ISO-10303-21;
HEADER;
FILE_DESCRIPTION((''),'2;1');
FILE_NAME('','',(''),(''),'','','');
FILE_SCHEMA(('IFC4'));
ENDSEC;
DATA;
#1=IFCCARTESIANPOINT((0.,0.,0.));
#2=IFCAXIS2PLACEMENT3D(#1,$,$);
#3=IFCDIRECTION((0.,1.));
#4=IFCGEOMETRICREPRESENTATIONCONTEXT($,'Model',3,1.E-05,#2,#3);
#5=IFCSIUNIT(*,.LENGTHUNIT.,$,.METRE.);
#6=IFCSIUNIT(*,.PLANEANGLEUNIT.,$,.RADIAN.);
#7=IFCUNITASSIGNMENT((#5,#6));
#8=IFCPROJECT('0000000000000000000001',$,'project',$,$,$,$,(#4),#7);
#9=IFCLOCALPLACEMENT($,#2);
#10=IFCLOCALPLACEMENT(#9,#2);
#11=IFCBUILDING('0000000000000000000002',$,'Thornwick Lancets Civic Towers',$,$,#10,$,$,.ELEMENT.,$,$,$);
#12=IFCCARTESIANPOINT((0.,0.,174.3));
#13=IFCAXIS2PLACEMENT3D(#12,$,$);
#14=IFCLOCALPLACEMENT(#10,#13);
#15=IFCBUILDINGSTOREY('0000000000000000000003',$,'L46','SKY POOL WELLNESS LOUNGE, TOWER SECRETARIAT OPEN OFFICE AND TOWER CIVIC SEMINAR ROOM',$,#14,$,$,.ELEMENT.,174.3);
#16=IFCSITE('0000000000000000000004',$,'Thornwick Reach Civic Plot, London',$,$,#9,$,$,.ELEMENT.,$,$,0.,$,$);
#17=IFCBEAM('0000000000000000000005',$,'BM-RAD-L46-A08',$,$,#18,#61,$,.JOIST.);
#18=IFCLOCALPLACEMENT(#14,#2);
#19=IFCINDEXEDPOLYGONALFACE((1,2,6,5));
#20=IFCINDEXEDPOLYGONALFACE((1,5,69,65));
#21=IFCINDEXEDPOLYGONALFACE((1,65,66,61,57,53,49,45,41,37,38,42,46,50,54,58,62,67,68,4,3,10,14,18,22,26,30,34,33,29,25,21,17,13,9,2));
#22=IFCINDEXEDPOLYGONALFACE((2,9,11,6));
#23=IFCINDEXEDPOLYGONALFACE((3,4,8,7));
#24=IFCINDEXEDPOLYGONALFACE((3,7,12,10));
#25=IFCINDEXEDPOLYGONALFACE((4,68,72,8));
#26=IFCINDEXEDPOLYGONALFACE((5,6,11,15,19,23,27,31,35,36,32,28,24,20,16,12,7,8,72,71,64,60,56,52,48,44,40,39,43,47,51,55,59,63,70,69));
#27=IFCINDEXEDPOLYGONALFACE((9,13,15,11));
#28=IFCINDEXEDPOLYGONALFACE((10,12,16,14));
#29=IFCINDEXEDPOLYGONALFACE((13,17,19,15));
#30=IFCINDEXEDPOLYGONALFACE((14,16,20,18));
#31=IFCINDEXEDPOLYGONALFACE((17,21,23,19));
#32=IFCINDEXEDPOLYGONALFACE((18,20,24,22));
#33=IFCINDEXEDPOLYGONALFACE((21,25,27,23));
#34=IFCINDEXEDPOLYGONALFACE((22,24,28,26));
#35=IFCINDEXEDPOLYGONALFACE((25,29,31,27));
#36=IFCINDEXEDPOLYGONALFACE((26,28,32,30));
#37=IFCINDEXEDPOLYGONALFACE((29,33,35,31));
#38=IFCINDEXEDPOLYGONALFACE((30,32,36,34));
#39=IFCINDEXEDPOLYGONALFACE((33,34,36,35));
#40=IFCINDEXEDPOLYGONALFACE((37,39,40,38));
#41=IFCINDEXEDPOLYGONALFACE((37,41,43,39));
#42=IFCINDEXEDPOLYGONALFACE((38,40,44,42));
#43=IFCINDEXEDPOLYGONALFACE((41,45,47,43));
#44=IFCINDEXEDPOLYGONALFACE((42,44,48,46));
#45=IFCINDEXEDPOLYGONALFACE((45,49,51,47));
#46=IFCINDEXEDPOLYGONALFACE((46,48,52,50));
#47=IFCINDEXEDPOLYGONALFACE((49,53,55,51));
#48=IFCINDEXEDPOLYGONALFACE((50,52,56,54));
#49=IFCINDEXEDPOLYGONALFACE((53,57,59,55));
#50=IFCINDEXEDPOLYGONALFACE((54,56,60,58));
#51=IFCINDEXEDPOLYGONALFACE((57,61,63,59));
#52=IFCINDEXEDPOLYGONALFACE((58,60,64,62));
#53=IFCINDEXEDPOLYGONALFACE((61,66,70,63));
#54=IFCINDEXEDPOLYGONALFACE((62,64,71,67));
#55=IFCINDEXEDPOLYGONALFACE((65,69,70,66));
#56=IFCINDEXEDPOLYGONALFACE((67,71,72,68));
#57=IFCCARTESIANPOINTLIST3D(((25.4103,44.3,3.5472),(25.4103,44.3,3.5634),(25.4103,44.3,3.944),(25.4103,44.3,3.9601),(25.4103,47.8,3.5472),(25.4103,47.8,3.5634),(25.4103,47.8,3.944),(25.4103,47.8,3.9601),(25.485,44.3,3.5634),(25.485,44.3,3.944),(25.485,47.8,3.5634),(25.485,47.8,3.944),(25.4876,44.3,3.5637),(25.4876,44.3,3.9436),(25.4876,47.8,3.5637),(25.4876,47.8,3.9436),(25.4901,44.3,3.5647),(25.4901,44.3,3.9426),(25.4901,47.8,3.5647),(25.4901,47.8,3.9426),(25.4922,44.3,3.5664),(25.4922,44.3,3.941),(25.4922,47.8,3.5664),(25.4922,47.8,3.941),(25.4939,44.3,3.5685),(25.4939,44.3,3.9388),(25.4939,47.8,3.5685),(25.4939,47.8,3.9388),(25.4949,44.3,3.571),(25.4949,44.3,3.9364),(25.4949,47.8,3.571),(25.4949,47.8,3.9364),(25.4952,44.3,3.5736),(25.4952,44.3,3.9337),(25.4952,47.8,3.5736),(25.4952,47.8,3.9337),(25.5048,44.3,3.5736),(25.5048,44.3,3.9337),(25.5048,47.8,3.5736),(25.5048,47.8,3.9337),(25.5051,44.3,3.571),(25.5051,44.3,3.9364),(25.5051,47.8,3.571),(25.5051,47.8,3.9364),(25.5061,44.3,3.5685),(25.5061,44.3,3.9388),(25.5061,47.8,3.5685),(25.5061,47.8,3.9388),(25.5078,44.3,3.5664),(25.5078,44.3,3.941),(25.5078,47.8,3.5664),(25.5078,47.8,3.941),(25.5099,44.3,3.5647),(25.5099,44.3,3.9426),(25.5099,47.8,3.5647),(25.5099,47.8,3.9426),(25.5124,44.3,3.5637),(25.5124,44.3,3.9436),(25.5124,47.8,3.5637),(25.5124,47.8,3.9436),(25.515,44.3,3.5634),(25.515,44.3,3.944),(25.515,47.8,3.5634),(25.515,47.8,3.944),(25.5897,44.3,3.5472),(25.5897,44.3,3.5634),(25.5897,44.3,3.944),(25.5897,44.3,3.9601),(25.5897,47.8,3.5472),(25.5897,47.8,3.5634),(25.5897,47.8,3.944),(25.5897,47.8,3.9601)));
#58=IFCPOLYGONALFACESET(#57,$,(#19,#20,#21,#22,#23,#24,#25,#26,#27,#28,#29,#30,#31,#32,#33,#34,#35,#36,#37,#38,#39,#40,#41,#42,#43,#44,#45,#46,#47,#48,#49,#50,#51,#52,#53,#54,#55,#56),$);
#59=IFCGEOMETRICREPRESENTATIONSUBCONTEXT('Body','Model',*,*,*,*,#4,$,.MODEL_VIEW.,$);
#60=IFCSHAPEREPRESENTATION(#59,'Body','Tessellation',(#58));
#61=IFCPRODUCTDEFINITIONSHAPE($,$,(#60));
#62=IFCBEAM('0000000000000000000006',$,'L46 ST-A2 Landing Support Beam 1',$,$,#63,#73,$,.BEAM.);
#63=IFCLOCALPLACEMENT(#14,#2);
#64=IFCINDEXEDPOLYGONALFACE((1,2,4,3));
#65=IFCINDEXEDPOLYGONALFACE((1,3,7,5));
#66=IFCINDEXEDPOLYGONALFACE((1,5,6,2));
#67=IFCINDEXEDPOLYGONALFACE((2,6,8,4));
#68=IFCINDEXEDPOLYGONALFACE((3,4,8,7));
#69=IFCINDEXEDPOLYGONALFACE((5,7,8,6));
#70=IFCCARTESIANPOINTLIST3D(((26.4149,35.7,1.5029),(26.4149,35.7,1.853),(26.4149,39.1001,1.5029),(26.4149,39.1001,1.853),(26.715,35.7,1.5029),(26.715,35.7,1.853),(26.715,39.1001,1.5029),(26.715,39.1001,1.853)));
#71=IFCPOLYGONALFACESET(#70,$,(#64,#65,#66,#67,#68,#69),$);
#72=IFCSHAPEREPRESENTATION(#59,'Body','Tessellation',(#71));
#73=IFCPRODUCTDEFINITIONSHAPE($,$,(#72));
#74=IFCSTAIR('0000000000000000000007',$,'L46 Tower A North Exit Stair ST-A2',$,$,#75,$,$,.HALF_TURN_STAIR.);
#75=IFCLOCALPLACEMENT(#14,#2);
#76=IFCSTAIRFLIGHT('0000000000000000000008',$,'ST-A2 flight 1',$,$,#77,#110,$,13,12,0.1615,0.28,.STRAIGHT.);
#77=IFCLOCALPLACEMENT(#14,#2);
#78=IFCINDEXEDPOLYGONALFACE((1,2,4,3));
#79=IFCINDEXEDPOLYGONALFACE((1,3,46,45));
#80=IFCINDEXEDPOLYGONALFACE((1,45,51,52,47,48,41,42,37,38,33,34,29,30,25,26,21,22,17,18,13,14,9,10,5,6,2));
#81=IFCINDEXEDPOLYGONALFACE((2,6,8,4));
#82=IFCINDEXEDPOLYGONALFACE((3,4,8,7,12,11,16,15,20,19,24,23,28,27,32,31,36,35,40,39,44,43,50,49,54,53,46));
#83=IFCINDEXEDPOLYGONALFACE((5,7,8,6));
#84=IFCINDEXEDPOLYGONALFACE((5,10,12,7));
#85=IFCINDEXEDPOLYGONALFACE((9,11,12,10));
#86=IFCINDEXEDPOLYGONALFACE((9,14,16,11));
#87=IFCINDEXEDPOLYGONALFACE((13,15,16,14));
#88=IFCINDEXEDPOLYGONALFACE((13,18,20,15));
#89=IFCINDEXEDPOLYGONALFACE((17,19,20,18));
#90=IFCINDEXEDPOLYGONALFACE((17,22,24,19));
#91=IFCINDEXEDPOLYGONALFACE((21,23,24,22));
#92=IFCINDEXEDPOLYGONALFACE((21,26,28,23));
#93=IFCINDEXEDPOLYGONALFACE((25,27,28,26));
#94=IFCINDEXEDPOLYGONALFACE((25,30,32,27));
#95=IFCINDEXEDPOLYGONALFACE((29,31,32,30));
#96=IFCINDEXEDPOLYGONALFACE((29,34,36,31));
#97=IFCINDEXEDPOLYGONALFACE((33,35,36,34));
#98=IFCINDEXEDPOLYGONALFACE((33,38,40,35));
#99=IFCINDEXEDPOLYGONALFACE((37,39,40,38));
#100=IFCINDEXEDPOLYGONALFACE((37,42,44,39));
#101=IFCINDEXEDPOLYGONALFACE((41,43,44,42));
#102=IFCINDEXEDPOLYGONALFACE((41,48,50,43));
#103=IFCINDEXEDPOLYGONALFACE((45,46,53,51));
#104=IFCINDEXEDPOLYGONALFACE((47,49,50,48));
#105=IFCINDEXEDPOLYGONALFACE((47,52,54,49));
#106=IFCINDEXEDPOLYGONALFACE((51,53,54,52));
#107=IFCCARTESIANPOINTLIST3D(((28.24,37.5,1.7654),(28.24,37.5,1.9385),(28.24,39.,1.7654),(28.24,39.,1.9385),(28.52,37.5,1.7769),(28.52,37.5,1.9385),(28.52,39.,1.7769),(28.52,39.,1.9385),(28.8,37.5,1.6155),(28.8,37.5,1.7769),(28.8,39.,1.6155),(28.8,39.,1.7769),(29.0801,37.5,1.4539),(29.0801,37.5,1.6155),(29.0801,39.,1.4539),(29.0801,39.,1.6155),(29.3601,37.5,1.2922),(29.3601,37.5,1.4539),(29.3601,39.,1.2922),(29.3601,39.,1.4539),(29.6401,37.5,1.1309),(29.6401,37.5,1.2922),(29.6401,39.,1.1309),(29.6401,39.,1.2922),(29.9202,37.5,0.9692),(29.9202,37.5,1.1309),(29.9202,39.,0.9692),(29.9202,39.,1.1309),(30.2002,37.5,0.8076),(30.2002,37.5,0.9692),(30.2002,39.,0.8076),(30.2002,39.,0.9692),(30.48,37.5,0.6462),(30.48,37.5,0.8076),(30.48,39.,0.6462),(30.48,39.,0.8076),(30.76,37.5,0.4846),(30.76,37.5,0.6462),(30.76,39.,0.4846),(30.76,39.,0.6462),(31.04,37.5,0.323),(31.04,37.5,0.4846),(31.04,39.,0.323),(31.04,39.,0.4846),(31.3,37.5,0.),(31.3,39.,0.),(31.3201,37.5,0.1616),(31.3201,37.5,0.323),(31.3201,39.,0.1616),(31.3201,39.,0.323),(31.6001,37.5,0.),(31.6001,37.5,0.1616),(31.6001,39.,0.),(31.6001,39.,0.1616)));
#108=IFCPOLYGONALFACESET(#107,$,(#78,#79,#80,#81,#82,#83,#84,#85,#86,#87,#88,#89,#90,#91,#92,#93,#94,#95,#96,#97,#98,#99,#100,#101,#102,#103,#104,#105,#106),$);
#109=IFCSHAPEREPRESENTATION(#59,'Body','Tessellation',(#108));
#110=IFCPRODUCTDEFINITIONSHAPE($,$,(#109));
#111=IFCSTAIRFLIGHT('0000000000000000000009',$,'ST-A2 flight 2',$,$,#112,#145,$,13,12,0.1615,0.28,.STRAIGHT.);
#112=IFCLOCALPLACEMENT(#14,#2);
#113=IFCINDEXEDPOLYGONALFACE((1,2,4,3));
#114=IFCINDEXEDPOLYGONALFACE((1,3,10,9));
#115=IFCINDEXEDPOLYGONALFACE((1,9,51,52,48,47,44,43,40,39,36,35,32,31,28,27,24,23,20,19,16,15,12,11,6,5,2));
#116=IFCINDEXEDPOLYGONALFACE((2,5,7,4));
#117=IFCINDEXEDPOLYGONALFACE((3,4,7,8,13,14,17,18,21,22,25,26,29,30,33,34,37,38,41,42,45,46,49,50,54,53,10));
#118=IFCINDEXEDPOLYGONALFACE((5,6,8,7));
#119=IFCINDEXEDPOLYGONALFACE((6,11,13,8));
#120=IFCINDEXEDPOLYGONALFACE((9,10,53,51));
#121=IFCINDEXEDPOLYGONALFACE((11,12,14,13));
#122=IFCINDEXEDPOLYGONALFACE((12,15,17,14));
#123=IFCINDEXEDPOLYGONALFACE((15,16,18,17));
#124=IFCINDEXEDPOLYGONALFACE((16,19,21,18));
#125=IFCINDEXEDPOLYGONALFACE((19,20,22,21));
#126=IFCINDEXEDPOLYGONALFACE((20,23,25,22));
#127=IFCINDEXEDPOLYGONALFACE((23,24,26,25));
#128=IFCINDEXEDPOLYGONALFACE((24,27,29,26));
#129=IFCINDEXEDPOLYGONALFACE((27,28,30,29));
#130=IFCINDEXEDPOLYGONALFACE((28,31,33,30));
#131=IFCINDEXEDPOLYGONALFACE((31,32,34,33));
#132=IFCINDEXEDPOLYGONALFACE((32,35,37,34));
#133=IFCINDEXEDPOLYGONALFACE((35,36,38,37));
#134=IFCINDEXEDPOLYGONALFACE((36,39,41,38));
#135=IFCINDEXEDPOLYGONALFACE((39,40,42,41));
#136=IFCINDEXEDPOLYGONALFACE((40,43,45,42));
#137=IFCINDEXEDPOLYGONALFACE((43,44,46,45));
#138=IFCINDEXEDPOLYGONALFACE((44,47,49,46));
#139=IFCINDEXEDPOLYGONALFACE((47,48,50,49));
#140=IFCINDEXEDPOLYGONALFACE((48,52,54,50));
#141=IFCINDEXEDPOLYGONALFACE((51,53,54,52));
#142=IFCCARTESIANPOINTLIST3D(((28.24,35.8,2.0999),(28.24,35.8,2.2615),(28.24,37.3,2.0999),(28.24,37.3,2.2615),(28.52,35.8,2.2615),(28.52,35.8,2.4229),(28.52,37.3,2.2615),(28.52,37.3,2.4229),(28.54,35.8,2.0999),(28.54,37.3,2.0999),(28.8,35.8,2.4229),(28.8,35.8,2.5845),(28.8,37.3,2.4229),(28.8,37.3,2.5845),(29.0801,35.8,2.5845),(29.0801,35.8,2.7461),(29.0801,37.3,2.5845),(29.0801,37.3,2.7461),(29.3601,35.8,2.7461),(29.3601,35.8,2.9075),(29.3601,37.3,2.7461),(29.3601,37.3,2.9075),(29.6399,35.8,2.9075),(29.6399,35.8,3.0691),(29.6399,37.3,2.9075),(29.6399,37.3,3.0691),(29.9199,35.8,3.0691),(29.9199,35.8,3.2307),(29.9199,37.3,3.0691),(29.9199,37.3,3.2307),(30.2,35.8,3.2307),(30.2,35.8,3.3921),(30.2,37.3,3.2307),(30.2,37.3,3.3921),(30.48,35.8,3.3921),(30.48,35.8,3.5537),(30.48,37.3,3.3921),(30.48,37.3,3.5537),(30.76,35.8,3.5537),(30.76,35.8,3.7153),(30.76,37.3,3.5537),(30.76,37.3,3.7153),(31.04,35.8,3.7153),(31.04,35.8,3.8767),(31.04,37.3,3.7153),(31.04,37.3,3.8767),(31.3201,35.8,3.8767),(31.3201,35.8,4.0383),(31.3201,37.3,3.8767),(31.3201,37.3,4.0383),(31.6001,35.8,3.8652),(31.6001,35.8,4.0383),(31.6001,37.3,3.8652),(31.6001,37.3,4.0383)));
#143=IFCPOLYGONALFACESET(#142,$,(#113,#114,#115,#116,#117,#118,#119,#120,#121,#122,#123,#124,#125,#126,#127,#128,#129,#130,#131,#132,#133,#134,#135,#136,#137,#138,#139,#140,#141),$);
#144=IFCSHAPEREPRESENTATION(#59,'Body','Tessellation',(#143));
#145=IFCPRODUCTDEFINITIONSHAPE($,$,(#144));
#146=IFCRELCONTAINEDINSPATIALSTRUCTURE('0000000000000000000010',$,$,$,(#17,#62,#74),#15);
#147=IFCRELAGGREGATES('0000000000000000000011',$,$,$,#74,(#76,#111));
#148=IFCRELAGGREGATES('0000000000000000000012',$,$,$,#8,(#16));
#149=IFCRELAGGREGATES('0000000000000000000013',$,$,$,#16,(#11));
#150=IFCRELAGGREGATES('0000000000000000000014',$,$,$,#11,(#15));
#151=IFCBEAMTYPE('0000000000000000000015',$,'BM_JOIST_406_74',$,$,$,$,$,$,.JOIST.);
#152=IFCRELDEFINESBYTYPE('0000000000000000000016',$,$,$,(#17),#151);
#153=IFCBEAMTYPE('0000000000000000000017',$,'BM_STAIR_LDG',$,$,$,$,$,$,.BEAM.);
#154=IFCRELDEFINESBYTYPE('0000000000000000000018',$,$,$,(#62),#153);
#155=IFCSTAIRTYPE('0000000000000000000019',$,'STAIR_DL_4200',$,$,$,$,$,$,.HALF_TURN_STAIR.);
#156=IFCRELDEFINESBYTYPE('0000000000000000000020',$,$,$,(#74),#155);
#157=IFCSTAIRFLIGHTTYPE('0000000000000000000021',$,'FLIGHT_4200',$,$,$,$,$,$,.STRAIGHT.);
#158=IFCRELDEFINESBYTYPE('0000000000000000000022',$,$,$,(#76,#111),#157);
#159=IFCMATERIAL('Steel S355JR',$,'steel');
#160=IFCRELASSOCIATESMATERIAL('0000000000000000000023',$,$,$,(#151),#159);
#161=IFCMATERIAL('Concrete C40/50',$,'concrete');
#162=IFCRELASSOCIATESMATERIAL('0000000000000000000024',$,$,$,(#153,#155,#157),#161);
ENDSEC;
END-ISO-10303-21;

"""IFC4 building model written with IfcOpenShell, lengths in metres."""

from ifc_helpers import new_model, si_unit, direction, frame, origin, origin_2d, place, context, subcontext, project, spatial, polyline, rectangle, i_section, outline, extrude, material, material_profile, profile_set, type_object, element, aggregate, save


model = new_model("IFC4")

# Units and contexts
model_context = context("Model", 3, precision=1e-05, world=origin(), true_north=direction((0.0, 1.0)))
body_context = subcontext(model_context, "Body", "Model", "MODEL_VIEW")
ifc_project = project(units=[si_unit("LENGTHUNIT", "METRE"), si_unit("PLANEANGLEUNIT", "RADIAN")], contexts=[model_context])

# Site, building, storey
site_placement = place(None, origin())
site = spatial("IfcSite", under=ifc_project, at=site_placement, Name="Thornwick Reach Civic Plot, London", CompositionType="ELEMENT", RefElevation=0.0)
building_placement = place(site_placement, origin())
building = spatial("IfcBuilding", under=site, at=building_placement, Name="Thornwick Lancets Civic Towers", CompositionType="ELEMENT")
storey_placement = place(building_placement, frame((0.0, 0.0, 174.3)))
storey = spatial("IfcBuildingStorey", under=building, at=storey_placement, Name="L46", Description="SKY POOL WELLNESS LOUNGE, TOWER SECRETARIAT OPEN OFFICE AND TOWER CIVIC SEMINAR ROOM", CompositionType="ELEMENT", Elevation=174.3)

# Beams
ifc_material_1 = material(Name="Steel S355JR", Category="steel")
ifc_material_profile_1 = material_profile(ifc_material_1, i_section(OverallWidth=0.1794, OverallDepth=0.4128, WebThickness=0.0095, FlangeThickness=0.0161, FilletRadius=0.0103, at=origin_2d()), Name="UKB 406x178x74")
ifc_profile_set_1 = profile_set([ifc_material_profile_1], Name="Steel S355JR")
beam_type_1 = type_object("IfcBeamType", Name="BM_JOIST_406_74", PredefinedType="JOIST", material=ifc_profile_set_1)
beam_1_placement = place(storey_placement, frame((25.5, 44.3, 3.7537), z_axis=(0.0, 1.0, 0.0), x_axis=(-1.0, 0.0, 0.0)))
element("IfcBeam", 1, at=beam_1_placement, inside=storey, type_object=beam_type_1, Name="BM-RAD-L46-A08", PredefinedType="JOIST", context=body_context, shape_type="SweptSolid", body=[
    extrude(i_section(OverallWidth=0.1794, OverallDepth=0.4128, WebThickness=0.0095, FlangeThickness=0.0161, FilletRadius=0.0103, at=origin_2d()), origin(), (0.0, 0.0, 1.0), 3.5),
])
ifc_material_2 = material(Name="Concrete C40/50", Category="concrete")
ifc_material_profile_2 = material_profile(ifc_material_2, rectangle(XDim=0.3, YDim=0.3501, at=origin_2d()), Name="RC 300x350")
ifc_profile_set_2 = profile_set([ifc_material_profile_2], Name="Concrete C40/50")
beam_type_2 = type_object("IfcBeamType", Name="BM_STAIR_LDG", PredefinedType="BEAM", material=ifc_profile_set_2)
beam_2_placement = place(storey_placement, frame((26.5649, 39.1001, 1.678), z_axis=(0.0, -1.0, 0.0), x_axis=(1.0, 0.0, 0.0)))
element("IfcBeam", 2, at=beam_2_placement, inside=storey, type_object=beam_type_2, Name="L46 ST-A2 Landing Support Beam 1", PredefinedType="BEAM", context=body_context, shape_type="SweptSolid", body=[
    extrude(rectangle(XDim=0.3, YDim=0.3501, at=origin_2d()), origin(), (0.0, 0.0, 1.0), 3.4001),
])

# Stair, stair flights
stair_type = type_object("IfcStairType", Name="STAIR_DL_4200", PredefinedType="HALF_TURN_STAIR", material=ifc_material_2)
stair_placement = place(storey_placement, origin())
stair = element("IfcStair", 3, at=stair_placement, inside=storey, type_object=stair_type, Name="L46 Tower A North Exit Stair ST-A2", PredefinedType="HALF_TURN_STAIR")
stair_flight_type = type_object("IfcStairFlightType", Name="FLIGHT_4200", PredefinedType="STRAIGHT", material=ifc_material_2)
stair_flight_1_placement = place(storey_placement, frame((31.6001, 38.25, 0.0), z_axis=(0.0, 0.0, 1.0), x_axis=(-1.0, 0.0, 0.0)))
stair_flight_1 = element("IfcStairFlight", 4, at=stair_flight_1_placement, type_object=stair_flight_type, Name="ST-A2 flight 1", NumberOfRisers=13, NumberOfTreads=12, PredefinedType="STRAIGHT", RiserHeight=0.1615, TreadLength=0.28, context=body_context, shape_type="SweptSolid", body=[
    extrude(outline(polyline([(0.0, 0.0), (0.0, 0.1616), (0.28, 0.1616), (0.28, 0.323), (0.5601, 0.323), (0.5601, 0.4846), (0.8401, 0.4846), (0.8401, 0.6462), (1.1201, 0.6462), (1.1201, 0.8076), (1.3999, 0.8076), (1.3999, 0.9692), (1.6799, 0.9692), (1.6799, 1.1309), (1.96, 1.1309), (1.96, 1.2922), (2.24, 1.2922), (2.24, 1.4539), (2.52, 1.4539), (2.52, 1.6155), (2.8, 1.6155), (2.8, 1.7769), (3.0801, 1.7769), (3.0801, 1.9385), (3.3601, 1.9385), (3.3601, 2.1001), (3.3601, 1.7654), (0.3, 0.0), (0.0, 0.0)])), frame((0.0, 0.75, 0.0), z_axis=(0.0, -1.0, 0.0), x_axis=(1.0, 0.0, 0.0)), (0.0, 0.0, 1.0), 1.5),
])
stair_flight_2_placement = place(storey_placement, frame((28.24, 36.55, 2.0999), z_axis=(0.0, 0.0, 1.0), x_axis=(1.0, 0.0, 0.0)))
stair_flight_2 = element("IfcStairFlight", 5, at=stair_flight_2_placement, type_object=stair_flight_type, Name="ST-A2 flight 2", NumberOfRisers=13, NumberOfTreads=12, PredefinedType="STRAIGHT", RiserHeight=0.1615, TreadLength=0.28, context=body_context, shape_type="SweptSolid", body=[
    extrude(outline(polyline([(0.0, 0.0), (0.0, 0.1616), (0.28, 0.1616), (0.28, 0.323), (0.5601, 0.323), (0.5601, 0.4846), (0.8401, 0.4846), (0.8401, 0.6462), (1.1201, 0.6462), (1.1201, 0.8076), (1.3999, 0.8076), (1.3999, 0.9692), (1.6799, 0.9692), (1.6799, 1.1309), (1.96, 1.1309), (1.96, 1.2922), (2.24, 1.2922), (2.24, 1.4539), (2.52, 1.4539), (2.52, 1.6155), (2.8, 1.6155), (2.8, 1.7769), (3.0801, 1.7769), (3.0801, 1.9385), (3.3601, 1.9385), (3.3601, 2.1001), (3.3601, 1.7654), (0.3, 0.0), (0.0, 0.0)])), frame((0.0, 0.75, 0.0), z_axis=(0.0, -1.0, 0.0), x_axis=(1.0, 0.0, 0.0)), (0.0, 0.0, 1.0), 1.5),
])
aggregate(stair, [stair_flight_1, stair_flight_2])

save(model, "model.ifc")
